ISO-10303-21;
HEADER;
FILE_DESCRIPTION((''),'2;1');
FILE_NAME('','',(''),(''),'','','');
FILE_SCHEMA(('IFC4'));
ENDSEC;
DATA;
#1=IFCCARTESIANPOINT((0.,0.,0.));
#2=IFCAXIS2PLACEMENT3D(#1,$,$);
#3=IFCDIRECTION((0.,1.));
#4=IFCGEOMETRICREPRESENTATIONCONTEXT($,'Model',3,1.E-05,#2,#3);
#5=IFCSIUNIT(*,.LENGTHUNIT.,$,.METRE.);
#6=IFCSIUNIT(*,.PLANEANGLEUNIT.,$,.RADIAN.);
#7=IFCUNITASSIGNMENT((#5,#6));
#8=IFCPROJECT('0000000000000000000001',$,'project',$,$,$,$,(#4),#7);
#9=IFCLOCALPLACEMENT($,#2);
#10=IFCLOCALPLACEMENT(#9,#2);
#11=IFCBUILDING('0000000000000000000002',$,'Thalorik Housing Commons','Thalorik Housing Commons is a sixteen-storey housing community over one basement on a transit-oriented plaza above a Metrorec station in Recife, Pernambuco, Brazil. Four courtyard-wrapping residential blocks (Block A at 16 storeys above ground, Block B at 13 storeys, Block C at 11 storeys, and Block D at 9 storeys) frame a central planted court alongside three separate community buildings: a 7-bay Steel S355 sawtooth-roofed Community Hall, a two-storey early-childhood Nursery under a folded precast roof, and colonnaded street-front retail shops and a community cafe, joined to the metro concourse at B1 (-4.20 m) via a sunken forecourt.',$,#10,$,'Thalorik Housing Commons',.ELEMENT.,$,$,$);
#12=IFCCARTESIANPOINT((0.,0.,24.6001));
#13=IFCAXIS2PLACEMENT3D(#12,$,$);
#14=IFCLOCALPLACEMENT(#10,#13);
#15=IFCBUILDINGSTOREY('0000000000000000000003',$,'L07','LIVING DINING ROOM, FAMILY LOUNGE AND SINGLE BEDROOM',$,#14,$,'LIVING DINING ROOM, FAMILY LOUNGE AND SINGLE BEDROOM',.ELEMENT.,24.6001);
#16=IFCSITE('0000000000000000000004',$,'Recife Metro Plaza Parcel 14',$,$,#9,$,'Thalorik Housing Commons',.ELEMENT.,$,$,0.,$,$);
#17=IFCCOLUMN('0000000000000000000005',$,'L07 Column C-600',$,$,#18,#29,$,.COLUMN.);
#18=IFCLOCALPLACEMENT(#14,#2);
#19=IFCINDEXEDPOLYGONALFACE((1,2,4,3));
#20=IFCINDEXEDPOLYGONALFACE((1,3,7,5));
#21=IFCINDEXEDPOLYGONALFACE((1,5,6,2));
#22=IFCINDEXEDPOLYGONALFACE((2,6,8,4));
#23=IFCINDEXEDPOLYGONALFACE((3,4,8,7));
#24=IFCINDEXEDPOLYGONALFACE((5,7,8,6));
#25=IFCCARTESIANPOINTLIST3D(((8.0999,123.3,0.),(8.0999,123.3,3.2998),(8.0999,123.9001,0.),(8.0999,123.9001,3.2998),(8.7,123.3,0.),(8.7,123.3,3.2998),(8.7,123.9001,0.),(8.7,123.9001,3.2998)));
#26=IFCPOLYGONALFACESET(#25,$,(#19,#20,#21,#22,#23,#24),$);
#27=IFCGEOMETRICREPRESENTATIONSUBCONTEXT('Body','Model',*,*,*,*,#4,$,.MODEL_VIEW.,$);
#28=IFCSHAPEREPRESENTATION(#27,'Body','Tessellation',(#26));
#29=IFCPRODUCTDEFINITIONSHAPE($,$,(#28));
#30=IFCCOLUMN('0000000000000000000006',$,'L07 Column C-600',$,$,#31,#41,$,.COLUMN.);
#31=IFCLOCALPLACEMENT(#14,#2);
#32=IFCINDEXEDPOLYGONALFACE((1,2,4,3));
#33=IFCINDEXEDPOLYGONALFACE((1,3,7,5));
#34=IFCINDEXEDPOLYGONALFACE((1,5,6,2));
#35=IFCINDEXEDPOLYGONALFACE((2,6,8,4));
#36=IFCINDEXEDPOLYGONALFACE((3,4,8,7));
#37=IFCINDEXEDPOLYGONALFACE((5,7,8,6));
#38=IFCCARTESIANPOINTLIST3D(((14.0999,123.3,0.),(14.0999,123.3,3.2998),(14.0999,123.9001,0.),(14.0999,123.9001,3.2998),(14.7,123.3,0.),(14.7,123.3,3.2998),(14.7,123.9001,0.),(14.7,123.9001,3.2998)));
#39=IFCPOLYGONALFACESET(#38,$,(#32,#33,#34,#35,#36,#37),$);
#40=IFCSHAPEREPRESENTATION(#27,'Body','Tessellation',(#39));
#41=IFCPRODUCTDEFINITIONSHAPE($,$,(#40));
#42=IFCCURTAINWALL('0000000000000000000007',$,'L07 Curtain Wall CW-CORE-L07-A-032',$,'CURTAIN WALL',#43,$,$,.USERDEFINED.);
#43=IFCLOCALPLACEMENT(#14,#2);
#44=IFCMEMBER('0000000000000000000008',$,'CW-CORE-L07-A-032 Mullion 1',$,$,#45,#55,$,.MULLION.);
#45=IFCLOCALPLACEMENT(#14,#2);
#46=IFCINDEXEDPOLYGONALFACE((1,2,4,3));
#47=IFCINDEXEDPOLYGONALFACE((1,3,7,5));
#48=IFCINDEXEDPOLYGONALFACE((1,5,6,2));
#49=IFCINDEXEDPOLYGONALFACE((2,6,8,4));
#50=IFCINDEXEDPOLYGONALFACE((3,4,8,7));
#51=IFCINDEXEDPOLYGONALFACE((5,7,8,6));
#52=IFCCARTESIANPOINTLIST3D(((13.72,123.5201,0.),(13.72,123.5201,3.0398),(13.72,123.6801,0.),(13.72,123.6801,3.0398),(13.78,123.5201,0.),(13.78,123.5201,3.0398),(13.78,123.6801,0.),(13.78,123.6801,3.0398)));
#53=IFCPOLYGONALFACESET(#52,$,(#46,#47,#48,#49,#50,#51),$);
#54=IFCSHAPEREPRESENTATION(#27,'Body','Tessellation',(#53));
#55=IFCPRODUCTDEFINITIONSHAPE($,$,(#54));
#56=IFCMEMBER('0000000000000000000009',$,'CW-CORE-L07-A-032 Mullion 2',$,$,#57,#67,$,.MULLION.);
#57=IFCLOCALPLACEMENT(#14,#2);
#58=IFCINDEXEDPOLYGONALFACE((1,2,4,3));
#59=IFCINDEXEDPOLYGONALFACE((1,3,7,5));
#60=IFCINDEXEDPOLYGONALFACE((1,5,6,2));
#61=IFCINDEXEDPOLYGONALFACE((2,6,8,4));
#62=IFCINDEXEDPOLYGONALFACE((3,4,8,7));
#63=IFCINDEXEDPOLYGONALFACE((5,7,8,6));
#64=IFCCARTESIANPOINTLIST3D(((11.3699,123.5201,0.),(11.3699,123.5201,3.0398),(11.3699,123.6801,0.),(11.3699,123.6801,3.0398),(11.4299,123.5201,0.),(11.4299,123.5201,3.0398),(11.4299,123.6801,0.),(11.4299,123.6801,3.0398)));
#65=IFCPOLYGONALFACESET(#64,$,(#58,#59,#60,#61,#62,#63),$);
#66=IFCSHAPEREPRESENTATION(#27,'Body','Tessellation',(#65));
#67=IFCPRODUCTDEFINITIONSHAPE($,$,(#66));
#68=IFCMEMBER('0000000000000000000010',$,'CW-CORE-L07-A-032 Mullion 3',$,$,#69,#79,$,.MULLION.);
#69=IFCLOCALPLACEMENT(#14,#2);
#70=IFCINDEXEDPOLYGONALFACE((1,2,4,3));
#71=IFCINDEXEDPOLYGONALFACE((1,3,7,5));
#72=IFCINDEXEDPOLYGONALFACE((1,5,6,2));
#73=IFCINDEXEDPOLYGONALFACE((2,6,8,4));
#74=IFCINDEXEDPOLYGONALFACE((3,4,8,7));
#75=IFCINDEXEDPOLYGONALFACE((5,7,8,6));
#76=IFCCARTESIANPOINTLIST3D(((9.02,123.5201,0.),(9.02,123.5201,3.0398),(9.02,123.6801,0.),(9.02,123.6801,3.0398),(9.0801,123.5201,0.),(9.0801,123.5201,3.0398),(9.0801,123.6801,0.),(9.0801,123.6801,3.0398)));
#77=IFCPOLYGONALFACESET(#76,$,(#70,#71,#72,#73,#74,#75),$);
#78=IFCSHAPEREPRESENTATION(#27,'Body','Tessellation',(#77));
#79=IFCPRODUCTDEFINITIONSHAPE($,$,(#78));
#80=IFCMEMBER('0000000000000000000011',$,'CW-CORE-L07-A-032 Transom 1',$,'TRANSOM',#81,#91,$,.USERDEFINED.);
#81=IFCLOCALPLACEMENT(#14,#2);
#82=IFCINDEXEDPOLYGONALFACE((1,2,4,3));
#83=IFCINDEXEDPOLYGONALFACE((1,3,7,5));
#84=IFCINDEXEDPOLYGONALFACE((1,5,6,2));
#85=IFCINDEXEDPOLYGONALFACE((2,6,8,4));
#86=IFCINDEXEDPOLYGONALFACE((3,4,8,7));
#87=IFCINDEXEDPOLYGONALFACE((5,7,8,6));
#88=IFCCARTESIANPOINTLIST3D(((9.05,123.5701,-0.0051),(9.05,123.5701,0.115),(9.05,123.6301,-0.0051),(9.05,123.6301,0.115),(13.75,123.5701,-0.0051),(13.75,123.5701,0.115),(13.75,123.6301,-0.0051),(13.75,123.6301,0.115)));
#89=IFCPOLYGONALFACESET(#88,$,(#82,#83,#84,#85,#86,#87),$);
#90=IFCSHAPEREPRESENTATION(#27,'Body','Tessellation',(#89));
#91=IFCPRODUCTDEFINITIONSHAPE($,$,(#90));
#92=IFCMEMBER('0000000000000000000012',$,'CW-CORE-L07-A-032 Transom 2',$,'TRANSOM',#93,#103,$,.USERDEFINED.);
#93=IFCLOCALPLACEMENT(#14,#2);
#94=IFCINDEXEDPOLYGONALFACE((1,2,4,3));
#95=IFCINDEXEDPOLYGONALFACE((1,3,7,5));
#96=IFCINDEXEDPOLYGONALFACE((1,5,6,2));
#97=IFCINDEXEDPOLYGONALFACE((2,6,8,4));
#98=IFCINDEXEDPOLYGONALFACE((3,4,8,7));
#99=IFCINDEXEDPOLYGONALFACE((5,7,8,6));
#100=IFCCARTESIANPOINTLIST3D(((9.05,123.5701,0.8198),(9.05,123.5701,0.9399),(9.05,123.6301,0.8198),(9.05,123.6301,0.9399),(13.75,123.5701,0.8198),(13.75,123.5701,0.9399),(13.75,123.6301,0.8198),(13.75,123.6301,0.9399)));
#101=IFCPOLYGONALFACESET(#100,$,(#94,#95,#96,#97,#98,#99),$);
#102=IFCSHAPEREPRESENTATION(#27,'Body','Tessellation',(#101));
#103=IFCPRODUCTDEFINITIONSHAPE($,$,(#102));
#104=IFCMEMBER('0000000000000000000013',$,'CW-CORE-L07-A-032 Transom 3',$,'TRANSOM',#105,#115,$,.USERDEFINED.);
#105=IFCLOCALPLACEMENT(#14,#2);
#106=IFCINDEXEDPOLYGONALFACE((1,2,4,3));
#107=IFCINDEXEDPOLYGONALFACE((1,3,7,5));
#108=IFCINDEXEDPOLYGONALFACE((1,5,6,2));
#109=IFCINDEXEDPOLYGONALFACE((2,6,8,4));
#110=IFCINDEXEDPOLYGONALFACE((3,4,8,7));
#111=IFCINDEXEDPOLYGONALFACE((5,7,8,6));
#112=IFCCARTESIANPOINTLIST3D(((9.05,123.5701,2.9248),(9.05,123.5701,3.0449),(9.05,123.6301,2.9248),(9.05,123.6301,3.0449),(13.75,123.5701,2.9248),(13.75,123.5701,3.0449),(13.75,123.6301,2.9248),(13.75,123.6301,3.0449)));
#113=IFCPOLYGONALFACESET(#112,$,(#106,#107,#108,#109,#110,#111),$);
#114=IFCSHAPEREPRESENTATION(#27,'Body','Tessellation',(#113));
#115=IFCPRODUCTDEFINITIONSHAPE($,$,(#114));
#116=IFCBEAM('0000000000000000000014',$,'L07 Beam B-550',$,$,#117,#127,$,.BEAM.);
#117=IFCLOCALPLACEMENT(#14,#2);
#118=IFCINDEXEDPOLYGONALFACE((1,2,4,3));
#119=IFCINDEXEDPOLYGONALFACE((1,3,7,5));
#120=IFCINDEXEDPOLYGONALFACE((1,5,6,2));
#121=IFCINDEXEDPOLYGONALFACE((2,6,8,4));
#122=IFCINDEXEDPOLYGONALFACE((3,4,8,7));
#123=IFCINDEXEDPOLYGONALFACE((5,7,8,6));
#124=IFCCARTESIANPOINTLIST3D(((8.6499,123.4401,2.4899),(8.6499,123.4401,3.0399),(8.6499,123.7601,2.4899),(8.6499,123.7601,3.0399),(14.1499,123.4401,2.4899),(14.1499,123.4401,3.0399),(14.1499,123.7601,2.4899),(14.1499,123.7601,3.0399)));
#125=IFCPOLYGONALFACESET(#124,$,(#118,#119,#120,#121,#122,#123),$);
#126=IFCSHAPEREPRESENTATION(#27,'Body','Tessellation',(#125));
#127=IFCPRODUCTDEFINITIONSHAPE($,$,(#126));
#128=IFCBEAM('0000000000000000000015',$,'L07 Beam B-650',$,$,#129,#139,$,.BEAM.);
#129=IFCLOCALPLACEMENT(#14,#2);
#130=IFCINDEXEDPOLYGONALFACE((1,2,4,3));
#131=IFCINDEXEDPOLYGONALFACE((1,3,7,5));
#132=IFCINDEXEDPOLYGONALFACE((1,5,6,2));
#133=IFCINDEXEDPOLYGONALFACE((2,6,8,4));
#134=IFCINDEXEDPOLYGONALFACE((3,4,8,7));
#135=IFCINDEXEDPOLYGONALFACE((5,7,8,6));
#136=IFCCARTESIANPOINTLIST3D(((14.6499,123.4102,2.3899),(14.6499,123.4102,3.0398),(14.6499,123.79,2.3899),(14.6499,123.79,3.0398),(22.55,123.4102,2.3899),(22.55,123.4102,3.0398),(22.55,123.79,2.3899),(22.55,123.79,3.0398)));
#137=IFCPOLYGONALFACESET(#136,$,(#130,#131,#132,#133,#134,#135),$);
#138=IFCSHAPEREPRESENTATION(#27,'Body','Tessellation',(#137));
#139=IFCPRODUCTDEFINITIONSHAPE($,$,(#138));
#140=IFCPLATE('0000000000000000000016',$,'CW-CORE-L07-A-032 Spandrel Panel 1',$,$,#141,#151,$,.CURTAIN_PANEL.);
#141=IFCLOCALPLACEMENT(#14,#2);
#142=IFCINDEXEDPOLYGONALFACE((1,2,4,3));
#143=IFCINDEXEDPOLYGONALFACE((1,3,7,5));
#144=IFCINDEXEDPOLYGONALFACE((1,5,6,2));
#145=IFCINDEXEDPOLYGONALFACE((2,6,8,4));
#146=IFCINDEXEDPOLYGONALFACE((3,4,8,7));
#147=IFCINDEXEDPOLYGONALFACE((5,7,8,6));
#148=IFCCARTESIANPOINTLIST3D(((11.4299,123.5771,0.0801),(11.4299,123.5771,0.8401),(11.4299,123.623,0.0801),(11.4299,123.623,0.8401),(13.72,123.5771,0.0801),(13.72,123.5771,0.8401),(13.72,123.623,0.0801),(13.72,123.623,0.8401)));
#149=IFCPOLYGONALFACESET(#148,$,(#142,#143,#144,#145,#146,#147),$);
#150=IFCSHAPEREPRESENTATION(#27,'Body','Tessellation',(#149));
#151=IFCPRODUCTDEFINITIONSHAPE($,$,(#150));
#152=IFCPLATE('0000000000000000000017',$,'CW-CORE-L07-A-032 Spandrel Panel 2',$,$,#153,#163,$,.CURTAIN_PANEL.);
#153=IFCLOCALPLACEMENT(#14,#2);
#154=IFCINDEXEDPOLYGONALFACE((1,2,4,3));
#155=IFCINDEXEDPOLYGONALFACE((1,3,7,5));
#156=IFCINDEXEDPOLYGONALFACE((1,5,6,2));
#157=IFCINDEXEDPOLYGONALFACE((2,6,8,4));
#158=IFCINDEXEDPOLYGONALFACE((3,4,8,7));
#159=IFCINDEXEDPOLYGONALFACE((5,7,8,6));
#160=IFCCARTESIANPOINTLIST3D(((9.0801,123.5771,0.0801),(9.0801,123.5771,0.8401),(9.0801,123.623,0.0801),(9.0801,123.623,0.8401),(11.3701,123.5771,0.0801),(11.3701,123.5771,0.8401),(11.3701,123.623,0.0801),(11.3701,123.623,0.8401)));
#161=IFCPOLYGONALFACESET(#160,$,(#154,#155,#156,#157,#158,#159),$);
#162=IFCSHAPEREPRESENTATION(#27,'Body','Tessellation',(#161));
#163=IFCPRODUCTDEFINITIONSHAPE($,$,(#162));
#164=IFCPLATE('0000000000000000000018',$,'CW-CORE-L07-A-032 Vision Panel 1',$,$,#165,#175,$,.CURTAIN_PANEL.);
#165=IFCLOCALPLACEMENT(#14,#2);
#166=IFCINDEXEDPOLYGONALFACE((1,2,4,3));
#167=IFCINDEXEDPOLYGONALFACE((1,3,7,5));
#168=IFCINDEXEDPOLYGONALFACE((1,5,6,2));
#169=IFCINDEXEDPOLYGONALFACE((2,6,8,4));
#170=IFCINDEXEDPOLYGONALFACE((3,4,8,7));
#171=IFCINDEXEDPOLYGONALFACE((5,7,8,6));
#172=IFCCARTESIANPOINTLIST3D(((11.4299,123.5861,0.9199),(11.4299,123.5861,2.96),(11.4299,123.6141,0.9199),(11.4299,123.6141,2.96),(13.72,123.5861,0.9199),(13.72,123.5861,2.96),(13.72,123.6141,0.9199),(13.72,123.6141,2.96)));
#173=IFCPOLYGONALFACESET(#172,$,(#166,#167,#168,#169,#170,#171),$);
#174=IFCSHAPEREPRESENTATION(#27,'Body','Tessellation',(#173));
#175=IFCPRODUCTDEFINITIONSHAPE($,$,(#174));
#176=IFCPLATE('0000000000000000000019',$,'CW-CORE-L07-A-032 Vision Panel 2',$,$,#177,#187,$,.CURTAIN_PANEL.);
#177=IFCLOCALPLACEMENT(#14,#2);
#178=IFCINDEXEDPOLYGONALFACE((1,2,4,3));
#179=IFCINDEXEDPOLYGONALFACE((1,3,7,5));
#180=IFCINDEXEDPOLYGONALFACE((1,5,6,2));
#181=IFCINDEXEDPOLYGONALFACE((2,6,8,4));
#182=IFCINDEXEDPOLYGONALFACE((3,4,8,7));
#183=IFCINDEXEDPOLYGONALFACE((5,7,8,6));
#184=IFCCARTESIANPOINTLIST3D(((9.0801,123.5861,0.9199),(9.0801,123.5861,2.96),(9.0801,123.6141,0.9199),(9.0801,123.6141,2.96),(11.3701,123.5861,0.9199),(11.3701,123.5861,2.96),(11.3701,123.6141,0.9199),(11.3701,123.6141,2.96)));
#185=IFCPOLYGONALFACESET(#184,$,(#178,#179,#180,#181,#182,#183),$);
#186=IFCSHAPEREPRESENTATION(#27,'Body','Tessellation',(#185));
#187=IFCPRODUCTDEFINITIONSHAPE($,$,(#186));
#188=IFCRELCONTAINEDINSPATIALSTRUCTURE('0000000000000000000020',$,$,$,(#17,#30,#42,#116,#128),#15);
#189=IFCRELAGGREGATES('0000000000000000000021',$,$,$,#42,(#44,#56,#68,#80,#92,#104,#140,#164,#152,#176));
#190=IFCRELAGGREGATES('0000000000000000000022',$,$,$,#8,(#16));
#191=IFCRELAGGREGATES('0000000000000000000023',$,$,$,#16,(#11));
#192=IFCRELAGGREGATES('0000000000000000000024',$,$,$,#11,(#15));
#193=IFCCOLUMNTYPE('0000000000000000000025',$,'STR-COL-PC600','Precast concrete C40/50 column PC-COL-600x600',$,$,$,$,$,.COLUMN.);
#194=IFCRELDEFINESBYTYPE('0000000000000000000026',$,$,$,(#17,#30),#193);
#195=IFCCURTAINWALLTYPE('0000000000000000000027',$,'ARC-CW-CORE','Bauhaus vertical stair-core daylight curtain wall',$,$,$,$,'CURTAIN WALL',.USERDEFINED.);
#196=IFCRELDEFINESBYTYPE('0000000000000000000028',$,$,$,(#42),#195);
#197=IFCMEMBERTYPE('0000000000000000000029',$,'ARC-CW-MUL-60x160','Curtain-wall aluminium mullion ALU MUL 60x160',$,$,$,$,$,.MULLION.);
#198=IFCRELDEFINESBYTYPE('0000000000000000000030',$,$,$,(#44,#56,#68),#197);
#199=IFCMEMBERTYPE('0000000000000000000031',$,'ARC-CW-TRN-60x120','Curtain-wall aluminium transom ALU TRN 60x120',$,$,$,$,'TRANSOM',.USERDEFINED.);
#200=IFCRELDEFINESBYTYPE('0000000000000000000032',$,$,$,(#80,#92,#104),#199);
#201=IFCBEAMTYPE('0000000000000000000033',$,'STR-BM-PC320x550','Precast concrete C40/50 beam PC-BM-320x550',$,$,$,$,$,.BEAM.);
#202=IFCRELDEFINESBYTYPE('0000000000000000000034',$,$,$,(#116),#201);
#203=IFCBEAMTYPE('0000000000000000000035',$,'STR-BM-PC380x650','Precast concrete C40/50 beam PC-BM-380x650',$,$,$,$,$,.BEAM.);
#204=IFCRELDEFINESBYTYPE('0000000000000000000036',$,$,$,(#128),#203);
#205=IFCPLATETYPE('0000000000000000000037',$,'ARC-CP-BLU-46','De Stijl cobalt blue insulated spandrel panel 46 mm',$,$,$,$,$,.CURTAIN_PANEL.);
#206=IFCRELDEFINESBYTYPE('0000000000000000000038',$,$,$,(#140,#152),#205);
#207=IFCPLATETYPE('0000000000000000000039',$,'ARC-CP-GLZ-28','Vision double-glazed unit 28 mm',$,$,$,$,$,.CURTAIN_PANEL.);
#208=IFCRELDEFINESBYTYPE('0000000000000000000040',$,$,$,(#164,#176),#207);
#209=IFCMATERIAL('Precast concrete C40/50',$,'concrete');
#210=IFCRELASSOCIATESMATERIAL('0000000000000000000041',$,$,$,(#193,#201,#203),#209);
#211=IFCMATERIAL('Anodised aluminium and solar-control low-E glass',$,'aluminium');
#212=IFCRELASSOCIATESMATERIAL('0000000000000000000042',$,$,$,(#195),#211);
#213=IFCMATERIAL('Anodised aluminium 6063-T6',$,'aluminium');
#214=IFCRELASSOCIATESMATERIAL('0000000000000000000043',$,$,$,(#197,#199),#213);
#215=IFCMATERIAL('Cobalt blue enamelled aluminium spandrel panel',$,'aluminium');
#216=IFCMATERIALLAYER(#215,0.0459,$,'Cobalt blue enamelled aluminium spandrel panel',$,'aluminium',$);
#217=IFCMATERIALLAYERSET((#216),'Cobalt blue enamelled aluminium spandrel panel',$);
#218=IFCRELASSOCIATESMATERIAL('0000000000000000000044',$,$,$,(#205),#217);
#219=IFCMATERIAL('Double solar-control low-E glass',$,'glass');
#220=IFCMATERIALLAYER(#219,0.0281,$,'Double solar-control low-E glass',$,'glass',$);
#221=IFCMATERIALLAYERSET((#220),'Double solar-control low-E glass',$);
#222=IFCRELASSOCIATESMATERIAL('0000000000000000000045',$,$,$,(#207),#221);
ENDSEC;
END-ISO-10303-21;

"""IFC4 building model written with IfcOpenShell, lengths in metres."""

from ifc_helpers import new_model, si_unit, direction, frame, origin, origin_2d, place, context, subcontext, project, spatial, rectangle, extrude, material, layer, layer_set, material_profile, profile_set, type_object, element, aggregate, save


model = new_model("IFC4")

# Units and contexts
model_context = context("Model", 3, precision=1e-05, world=origin(), true_north=direction((0.0, 1.0)))
body_context = subcontext(model_context, "Body", "Model", "MODEL_VIEW")
ifc_project = project(units=[si_unit("LENGTHUNIT", "METRE"), si_unit("PLANEANGLEUNIT", "RADIAN")], contexts=[model_context])

# Site, building, storey
site_placement = place(None, origin())
site = spatial("IfcSite", under=ifc_project, at=site_placement, Name="Recife Metro Plaza Parcel 14", LongName="Thalorik Housing Commons", CompositionType="ELEMENT", RefElevation=0.0)
building_placement = place(site_placement, origin())
building = spatial("IfcBuilding", under=site, at=building_placement, Name="Thalorik Housing Commons", Description="Thalorik Housing Commons is a sixteen-storey housing community over one basement on a transit-oriented plaza above a Metrorec station in Recife, Pernambuco, Brazil. Four courtyard-wrapping residential blocks (Block A at 16 storeys above ground, Block B at 13 storeys, Block C at 11 storeys, and Block D at 9 storeys) frame a central planted court alongside three separate community buildings: a 7-bay Steel S355 sawtooth-roofed Community Hall, a two-storey early-childhood Nursery under a folded precast roof, and colonnaded street-front retail shops and a community cafe, joined to the metro concourse at B1 (-4.20 m) via a sunken forecourt.", LongName="Thalorik Housing Commons", CompositionType="ELEMENT")
storey_placement = place(building_placement, frame((0.0, 0.0, 24.6001)))
storey = spatial("IfcBuildingStorey", under=building, at=storey_placement, Name="L07", Description="LIVING DINING ROOM, FAMILY LOUNGE AND SINGLE BEDROOM", LongName="LIVING DINING ROOM, FAMILY LOUNGE AND SINGLE BEDROOM", CompositionType="ELEMENT", Elevation=24.6001)

# Columns
ifc_material_1 = material(Name="Precast concrete C40/50", Category="concrete")
ifc_material_profile_1 = material_profile(ifc_material_1, rectangle(XDim=0.6001, YDim=0.6001, at=origin_2d()), Name="PC 600x600", Category="concrete")
ifc_profile_set_1 = profile_set([ifc_material_profile_1], Name="Precast concrete C40/50")
column_type = type_object("IfcColumnType", Name="STR-COL-PC600", Description="Precast concrete C40/50 column PC-COL-600x600", PredefinedType="COLUMN", material=ifc_profile_set_1)
for number, where, z_axis, x_axis, name in (
    (1, (8.3999, 123.6001, 0.0), (0.0, 0.0, 1.0), (1.0, 0.0, 0.0), "L07 Column C-600"),
    (2, (14.3999, 123.6001, 0.0), (0.0, 0.0, 1.0), (1.0, 0.0, 0.0), "L07 Column C-600"),
):
    element("IfcColumn", number, at=place(storey_placement, frame(where, z_axis=z_axis, x_axis=x_axis)), inside=storey, type_object=column_type, Name=name, PredefinedType="COLUMN", context=body_context, shape_type="SweptSolid", body=[
        extrude(rectangle(XDim=0.6001, YDim=0.6001, at=origin_2d()), origin(), (0.0, 0.0, 1.0), 3.2998),
    ])

# Curtain wall, members
ifc_material_2 = material(Name="Anodised aluminium and solar-control low-E glass", Category="aluminium")
curtain_wall_type = type_object("IfcCurtainWallType", Name="ARC-CW-CORE", Description="Bauhaus vertical stair-core daylight curtain wall", ElementType="CURTAIN WALL", PredefinedType="USERDEFINED", material=ifc_material_2)
curtain_wall_placement = place(storey_placement, origin())
curtain_wall = element("IfcCurtainWall", 3, at=curtain_wall_placement, inside=storey, type_object=curtain_wall_type, Name="L07 Curtain Wall CW-CORE-L07-A-032", ObjectType="CURTAIN WALL", PredefinedType="USERDEFINED")
ifc_material_3 = material(Name="Anodised aluminium 6063-T6", Category="aluminium")
ifc_material_profile_2 = material_profile(ifc_material_3, rectangle(XDim=0.0601, YDim=0.1599, at=origin_2d()), Name="ALU MUL 60x160", Category="aluminium")
ifc_profile_set_2 = profile_set([ifc_material_profile_2], Name="Anodised aluminium 6063-T6")
member_type_1 = type_object("IfcMemberType", Name="ARC-CW-MUL-60x160", Description="Curtain-wall aluminium mullion ALU MUL 60x160", PredefinedType="MULLION", material=ifc_profile_set_2)
member_1_placement = place(storey_placement, frame((13.75, 123.6001, 0.0), z_axis=(0.0, 0.0, 1.0), x_axis=(-1.0, 0.0, 0.0)))
member_1 = element("IfcMember", 4, at=member_1_placement, type_object=member_type_1, Name="CW-CORE-L07-A-032 Mullion 1", PredefinedType="MULLION", context=body_context, shape_type="SweptSolid", body=[
    extrude(rectangle(XDim=0.0601, YDim=0.1599, at=origin_2d()), origin(), (0.0, 0.0, 1.0), 3.0398),
])
member_2_placement = place(storey_placement, frame((11.3999, 123.6001, 0.0), z_axis=(0.0, 0.0, 1.0), x_axis=(-1.0, 0.0, 0.0)))
member_2 = element("IfcMember", 5, at=member_2_placement, type_object=member_type_1, Name="CW-CORE-L07-A-032 Mullion 2", PredefinedType="MULLION", context=body_context, shape_type="SweptSolid", body=[
    extrude(rectangle(XDim=0.0601, YDim=0.1599, at=origin_2d()), origin(), (0.0, 0.0, 1.0), 3.0398),
])
member_3_placement = place(storey_placement, frame((9.05, 123.6001, 0.0), z_axis=(0.0, 0.0, 1.0), x_axis=(-1.0, 0.0, 0.0)))
member_3 = element("IfcMember", 6, at=member_3_placement, type_object=member_type_1, Name="CW-CORE-L07-A-032 Mullion 3", PredefinedType="MULLION", context=body_context, shape_type="SweptSolid", body=[
    extrude(rectangle(XDim=0.0601, YDim=0.1599, at=origin_2d()), origin(), (0.0, 0.0, 1.0), 3.0398),
])
ifc_material_profile_3 = material_profile(ifc_material_3, rectangle(XDim=0.0601, YDim=0.1201, at=origin_2d()), Name="ALU TRN 60x120", Category="aluminium")
ifc_profile_set_3 = profile_set([ifc_material_profile_3], Name="Anodised aluminium 6063-T6")
member_type_2 = type_object("IfcMemberType", Name="ARC-CW-TRN-60x120", Description="Curtain-wall aluminium transom ALU TRN 60x120", ElementType="TRANSOM", PredefinedType="USERDEFINED", material=ifc_profile_set_3)
member_4_placement = place(storey_placement, frame((13.75, 123.6001, 0.0549), z_axis=(-1.0, 0.0, 0.0), x_axis=(0.0, -1.0, 0.0)))
member_4 = element("IfcMember", 7, at=member_4_placement, type_object=member_type_2, Name="CW-CORE-L07-A-032 Transom 1", ObjectType="TRANSOM", PredefinedType="USERDEFINED", context=body_context, shape_type="SweptSolid", body=[
    extrude(rectangle(XDim=0.0601, YDim=0.1201, at=origin_2d()), origin(), (0.0, 0.0, 1.0), 4.7),
])
member_5_placement = place(storey_placement, frame((13.75, 123.6001, 0.8799), z_axis=(-1.0, 0.0, 0.0), x_axis=(0.0, -1.0, 0.0)))
member_5 = element("IfcMember", 8, at=member_5_placement, type_object=member_type_2, Name="CW-CORE-L07-A-032 Transom 2", ObjectType="TRANSOM", PredefinedType="USERDEFINED", context=body_context, shape_type="SweptSolid", body=[
    extrude(rectangle(XDim=0.0601, YDim=0.1201, at=origin_2d()), origin(), (0.0, 0.0, 1.0), 4.7),
])
member_6_placement = place(storey_placement, frame((13.75, 123.6001, 2.9849), z_axis=(-1.0, 0.0, 0.0), x_axis=(0.0, -1.0, 0.0)))
member_6 = element("IfcMember", 9, at=member_6_placement, type_object=member_type_2, Name="CW-CORE-L07-A-032 Transom 3", ObjectType="TRANSOM", PredefinedType="USERDEFINED", context=body_context, shape_type="SweptSolid", body=[
    extrude(rectangle(XDim=0.0601, YDim=0.1201, at=origin_2d()), origin(), (0.0, 0.0, 1.0), 4.7),
])

# Beams
ifc_material_profile_4 = material_profile(ifc_material_1, rectangle(XDim=0.3201, YDim=0.55, at=origin_2d()), Name="PC 320x550", Category="concrete")
ifc_profile_set_4 = profile_set([ifc_material_profile_4], Name="Precast concrete C40/50")
beam_type_1 = type_object("IfcBeamType", Name="STR-BM-PC320x550", Description="Precast concrete C40/50 beam PC-BM-320x550", PredefinedType="BEAM", material=ifc_profile_set_4)
beam_1_placement = place(storey_placement, frame((8.6499, 123.6001, 2.7649), z_axis=(1.0, 0.0, 0.0), x_axis=(0.0, 1.0, 0.0)))
element("IfcBeam", 10, at=beam_1_placement, inside=storey, type_object=beam_type_1, Name="L07 Beam B-550", PredefinedType="BEAM", context=body_context, shape_type="SweptSolid", body=[
    extrude(rectangle(XDim=0.3201, YDim=0.55, at=origin_2d()), origin(), (0.0, 0.0, 1.0), 5.5),
])
ifc_material_profile_5 = material_profile(ifc_material_1, rectangle(XDim=0.3799, YDim=0.6499, at=origin_2d()), Name="PC 380x650", Category="concrete")
ifc_profile_set_5 = profile_set([ifc_material_profile_5], Name="Precast concrete C40/50")
beam_type_2 = type_object("IfcBeamType", Name="STR-BM-PC380x650", Description="Precast concrete C40/50 beam PC-BM-380x650", PredefinedType="BEAM", material=ifc_profile_set_5)
beam_2_placement = place(storey_placement, frame((14.6499, 123.6001, 2.7148), z_axis=(1.0, 0.0, 0.0), x_axis=(0.0, 1.0, 0.0)))
element("IfcBeam", 11, at=beam_2_placement, inside=storey, type_object=beam_type_2, Name="L07 Beam B-650", PredefinedType="BEAM", context=body_context, shape_type="SweptSolid", body=[
    extrude(rectangle(XDim=0.3799, YDim=0.6499, at=origin_2d()), origin(), (0.0, 0.0, 1.0), 7.9001),
])

# Plates
ifc_material_4 = material(Name="Cobalt blue enamelled aluminium spandrel panel", Category="aluminium")
ifc_layer_1 = layer(ifc_material_4, 0.0459, Name="Cobalt blue enamelled aluminium spandrel panel", Category="aluminium")
ifc_layer_set_1 = layer_set([ifc_layer_1], Name="Cobalt blue enamelled aluminium spandrel panel")
plate_type_1 = type_object("IfcPlateType", Name="ARC-CP-BLU-46", Description="De Stijl cobalt blue insulated spandrel panel 46 mm", PredefinedType="CURTAIN_PANEL", material=ifc_layer_set_1)
plate_1_placement = place(storey_placement, frame((12.575, 123.6001, 0.0801), z_axis=(0.0, 0.0, 1.0), x_axis=(-1.0, 0.0, 0.0)))
plate_1 = element("IfcPlate", 12, at=plate_1_placement, type_object=plate_type_1, Name="CW-CORE-L07-A-032 Spandrel Panel 1", PredefinedType="CURTAIN_PANEL", context=body_context, shape_type="SweptSolid", body=[
    extrude(rectangle(XDim=2.29, YDim=0.0459, at=origin_2d()), origin(), (0.0, 0.0, 1.0), 0.76),
])
plate_2_placement = place(storey_placement, frame((10.2251, 123.6001, 0.0801), z_axis=(0.0, 0.0, 1.0), x_axis=(-1.0, 0.0, 0.0)))
plate_2 = element("IfcPlate", 13, at=plate_2_placement, type_object=plate_type_1, Name="CW-CORE-L07-A-032 Spandrel Panel 2", PredefinedType="CURTAIN_PANEL", context=body_context, shape_type="SweptSolid", body=[
    extrude(rectangle(XDim=2.29, YDim=0.0459, at=origin_2d()), origin(), (0.0, 0.0, 1.0), 0.76),
])
ifc_material_5 = material(Name="Double solar-control low-E glass", Category="glass")
ifc_layer_2 = layer(ifc_material_5, 0.0281, Name="Double solar-control low-E glass", Category="glass")
ifc_layer_set_2 = layer_set([ifc_layer_2], Name="Double solar-control low-E glass")
plate_type_2 = type_object("IfcPlateType", Name="ARC-CP-GLZ-28", Description="Vision double-glazed unit 28 mm", PredefinedType="CURTAIN_PANEL", material=ifc_layer_set_2)
plate_3_placement = place(storey_placement, frame((12.575, 123.6001, 0.9199), z_axis=(0.0, 0.0, 1.0), x_axis=(-1.0, 0.0, 0.0)))
plate_3 = element("IfcPlate", 14, at=plate_3_placement, type_object=plate_type_2, Name="CW-CORE-L07-A-032 Vision Panel 1", PredefinedType="CURTAIN_PANEL", context=body_context, shape_type="SweptSolid", body=[
    extrude(rectangle(XDim=2.29, YDim=0.0281, at=origin_2d()), origin(), (0.0, 0.0, 1.0), 2.04),
])
plate_4_placement = place(storey_placement, frame((10.2251, 123.6001, 0.9199), z_axis=(0.0, 0.0, 1.0), x_axis=(-1.0, 0.0, 0.0)))
plate_4 = element("IfcPlate", 15, at=plate_4_placement, type_object=plate_type_2, Name="CW-CORE-L07-A-032 Vision Panel 2", PredefinedType="CURTAIN_PANEL", context=body_context, shape_type="SweptSolid", body=[
    extrude(rectangle(XDim=2.29, YDim=0.0281, at=origin_2d()), origin(), (0.0, 0.0, 1.0), 2.04),
])
aggregate(curtain_wall, [member_1, member_2, member_3, member_4, member_5, member_6, plate_1, plate_3, plate_2, plate_4])

save(model, "model.ifc")
